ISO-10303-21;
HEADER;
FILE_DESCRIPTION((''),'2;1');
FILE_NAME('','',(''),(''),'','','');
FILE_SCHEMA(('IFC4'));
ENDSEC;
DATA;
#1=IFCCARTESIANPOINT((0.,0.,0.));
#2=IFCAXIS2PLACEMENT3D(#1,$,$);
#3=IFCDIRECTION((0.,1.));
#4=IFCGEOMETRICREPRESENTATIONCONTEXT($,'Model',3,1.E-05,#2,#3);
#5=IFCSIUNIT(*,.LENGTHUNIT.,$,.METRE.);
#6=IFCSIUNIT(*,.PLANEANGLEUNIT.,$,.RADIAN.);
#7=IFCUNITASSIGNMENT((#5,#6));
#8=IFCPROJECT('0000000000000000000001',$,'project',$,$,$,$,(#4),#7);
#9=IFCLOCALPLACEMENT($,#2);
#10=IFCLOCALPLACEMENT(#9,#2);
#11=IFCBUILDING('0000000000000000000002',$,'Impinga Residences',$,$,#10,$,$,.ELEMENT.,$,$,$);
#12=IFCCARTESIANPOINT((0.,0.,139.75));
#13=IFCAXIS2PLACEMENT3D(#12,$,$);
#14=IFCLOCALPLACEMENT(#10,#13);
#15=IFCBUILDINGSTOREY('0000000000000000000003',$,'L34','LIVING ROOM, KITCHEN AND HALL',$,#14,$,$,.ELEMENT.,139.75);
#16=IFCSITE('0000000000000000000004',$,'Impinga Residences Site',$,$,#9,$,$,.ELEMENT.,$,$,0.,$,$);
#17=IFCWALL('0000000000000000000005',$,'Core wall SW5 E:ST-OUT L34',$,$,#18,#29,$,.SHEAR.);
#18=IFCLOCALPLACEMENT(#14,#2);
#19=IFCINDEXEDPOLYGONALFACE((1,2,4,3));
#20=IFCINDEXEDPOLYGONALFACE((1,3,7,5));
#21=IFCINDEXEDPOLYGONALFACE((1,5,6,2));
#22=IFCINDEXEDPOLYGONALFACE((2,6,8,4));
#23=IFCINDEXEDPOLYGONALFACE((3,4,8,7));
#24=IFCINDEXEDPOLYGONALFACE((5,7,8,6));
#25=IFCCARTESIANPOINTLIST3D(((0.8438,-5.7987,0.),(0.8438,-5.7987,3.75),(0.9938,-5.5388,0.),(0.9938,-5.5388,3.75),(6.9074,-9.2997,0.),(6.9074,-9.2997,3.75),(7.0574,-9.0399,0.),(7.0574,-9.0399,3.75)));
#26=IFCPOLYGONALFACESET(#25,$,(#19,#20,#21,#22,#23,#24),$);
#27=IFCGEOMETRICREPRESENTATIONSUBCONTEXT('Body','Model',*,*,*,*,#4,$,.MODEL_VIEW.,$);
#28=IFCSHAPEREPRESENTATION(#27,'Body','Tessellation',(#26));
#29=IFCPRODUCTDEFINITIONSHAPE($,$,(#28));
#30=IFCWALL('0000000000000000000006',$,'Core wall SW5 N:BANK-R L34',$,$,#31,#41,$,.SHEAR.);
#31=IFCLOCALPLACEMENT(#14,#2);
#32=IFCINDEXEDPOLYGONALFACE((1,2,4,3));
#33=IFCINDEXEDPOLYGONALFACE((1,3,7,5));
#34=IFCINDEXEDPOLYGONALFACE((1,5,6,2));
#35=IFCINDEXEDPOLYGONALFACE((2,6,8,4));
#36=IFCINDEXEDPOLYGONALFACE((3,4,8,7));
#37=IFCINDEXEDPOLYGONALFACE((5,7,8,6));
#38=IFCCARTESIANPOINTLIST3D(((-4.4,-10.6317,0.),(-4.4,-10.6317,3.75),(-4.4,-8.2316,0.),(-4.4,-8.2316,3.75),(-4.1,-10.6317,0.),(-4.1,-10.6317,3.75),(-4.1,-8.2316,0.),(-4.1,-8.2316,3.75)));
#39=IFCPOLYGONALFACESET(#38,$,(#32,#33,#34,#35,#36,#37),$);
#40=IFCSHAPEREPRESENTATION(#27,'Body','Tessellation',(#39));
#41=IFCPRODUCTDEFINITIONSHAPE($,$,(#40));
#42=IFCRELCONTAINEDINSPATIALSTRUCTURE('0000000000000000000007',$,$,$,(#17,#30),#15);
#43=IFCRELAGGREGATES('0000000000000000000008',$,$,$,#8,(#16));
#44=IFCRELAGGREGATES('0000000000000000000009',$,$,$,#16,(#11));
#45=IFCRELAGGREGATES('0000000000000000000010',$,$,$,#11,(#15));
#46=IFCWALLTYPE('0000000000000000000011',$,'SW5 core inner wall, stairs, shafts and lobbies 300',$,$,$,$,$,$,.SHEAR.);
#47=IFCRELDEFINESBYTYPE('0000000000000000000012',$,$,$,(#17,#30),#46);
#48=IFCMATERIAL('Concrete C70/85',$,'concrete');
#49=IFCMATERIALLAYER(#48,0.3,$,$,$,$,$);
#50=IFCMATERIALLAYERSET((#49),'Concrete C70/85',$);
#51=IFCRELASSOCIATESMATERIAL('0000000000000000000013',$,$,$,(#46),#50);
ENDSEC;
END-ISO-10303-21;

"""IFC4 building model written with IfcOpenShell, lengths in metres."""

from ifc_helpers import new_model, si_unit, direction, frame, frame_2d, origin, place, context, subcontext, project, spatial, rectangle, extrude, material, layer, layer_set, type_object, element, save


model = new_model("IFC4")

# Units and contexts
model_context = context("Model", 3, precision=1e-05, world=origin(), true_north=direction((0.0, 1.0)))
body_context = subcontext(model_context, "Body", "Model", "MODEL_VIEW")
ifc_project = project(units=[si_unit("LENGTHUNIT", "METRE"), si_unit("PLANEANGLEUNIT", "RADIAN")], contexts=[model_context])

# Site, building, storey
site_placement = place(None, origin())
site = spatial("IfcSite", under=ifc_project, at=site_placement, Name="Impinga Residences Site", CompositionType="ELEMENT", RefElevation=0.0)
building_placement = place(site_placement, origin())
building = spatial("IfcBuilding", under=site, at=building_placement, Name="Impinga Residences", CompositionType="ELEMENT")
storey_placement = place(building_placement, frame((0.0, 0.0, 139.75)))
storey = spatial("IfcBuildingStorey", under=building, at=storey_placement, Name="L34", Description="LIVING ROOM, KITCHEN AND HALL", CompositionType="ELEMENT", Elevation=139.75)

# Shared definitions
ifc_material_1 = material(Name="Concrete C70/85", Category="concrete")
ifc_layer_1 = layer(ifc_material_1, 0.3)
ifc_layer_set_1 = layer_set([ifc_layer_1], Name="Concrete C70/85")
wall_type_1 = type_object("IfcWallType", Name="SW5 core inner wall, stairs, shafts and lobbies 300", PredefinedType="SHEAR", material=ifc_layer_set_1)

# Walls
wall_1_placement = place(storey_placement, frame((0.9187, -5.6687, 0.0), z_axis=(0.0, 0.0, 1.0), x_axis=(0.866011, -0.500024, 0.0)))
element("IfcWall", 1, at=wall_1_placement, inside=storey, type_object=wall_type_1, Name="Core wall SW5 E:ST-OUT L34", PredefinedType="SHEAR", context=body_context, shape_type="SweptSolid", body=[
    extrude(rectangle(XDim=7.0017, YDim=0.3, at=frame_2d((3.501, 0.0))), origin(), (0.0, 0.0, 1.0), 3.75),
])
wall_2_placement = place(storey_placement, frame((-4.25, -8.2314, 0.0), z_axis=(0.0, 0.0, 1.0), x_axis=(0.0, -1.0, 0.0)))
element("IfcWall", 2, at=wall_2_placement, inside=storey, type_object=wall_type_1, Name="Core wall SW5 N:BANK-R L34", PredefinedType="SHEAR", context=body_context, shape_type="SweptSolid", body=[
    extrude(rectangle(XDim=2.4001, YDim=0.3, at=frame_2d((1.2002, 0.0))), origin(), (0.0, 0.0, 1.0), 3.75),
])

save(model, "model.ifc")
